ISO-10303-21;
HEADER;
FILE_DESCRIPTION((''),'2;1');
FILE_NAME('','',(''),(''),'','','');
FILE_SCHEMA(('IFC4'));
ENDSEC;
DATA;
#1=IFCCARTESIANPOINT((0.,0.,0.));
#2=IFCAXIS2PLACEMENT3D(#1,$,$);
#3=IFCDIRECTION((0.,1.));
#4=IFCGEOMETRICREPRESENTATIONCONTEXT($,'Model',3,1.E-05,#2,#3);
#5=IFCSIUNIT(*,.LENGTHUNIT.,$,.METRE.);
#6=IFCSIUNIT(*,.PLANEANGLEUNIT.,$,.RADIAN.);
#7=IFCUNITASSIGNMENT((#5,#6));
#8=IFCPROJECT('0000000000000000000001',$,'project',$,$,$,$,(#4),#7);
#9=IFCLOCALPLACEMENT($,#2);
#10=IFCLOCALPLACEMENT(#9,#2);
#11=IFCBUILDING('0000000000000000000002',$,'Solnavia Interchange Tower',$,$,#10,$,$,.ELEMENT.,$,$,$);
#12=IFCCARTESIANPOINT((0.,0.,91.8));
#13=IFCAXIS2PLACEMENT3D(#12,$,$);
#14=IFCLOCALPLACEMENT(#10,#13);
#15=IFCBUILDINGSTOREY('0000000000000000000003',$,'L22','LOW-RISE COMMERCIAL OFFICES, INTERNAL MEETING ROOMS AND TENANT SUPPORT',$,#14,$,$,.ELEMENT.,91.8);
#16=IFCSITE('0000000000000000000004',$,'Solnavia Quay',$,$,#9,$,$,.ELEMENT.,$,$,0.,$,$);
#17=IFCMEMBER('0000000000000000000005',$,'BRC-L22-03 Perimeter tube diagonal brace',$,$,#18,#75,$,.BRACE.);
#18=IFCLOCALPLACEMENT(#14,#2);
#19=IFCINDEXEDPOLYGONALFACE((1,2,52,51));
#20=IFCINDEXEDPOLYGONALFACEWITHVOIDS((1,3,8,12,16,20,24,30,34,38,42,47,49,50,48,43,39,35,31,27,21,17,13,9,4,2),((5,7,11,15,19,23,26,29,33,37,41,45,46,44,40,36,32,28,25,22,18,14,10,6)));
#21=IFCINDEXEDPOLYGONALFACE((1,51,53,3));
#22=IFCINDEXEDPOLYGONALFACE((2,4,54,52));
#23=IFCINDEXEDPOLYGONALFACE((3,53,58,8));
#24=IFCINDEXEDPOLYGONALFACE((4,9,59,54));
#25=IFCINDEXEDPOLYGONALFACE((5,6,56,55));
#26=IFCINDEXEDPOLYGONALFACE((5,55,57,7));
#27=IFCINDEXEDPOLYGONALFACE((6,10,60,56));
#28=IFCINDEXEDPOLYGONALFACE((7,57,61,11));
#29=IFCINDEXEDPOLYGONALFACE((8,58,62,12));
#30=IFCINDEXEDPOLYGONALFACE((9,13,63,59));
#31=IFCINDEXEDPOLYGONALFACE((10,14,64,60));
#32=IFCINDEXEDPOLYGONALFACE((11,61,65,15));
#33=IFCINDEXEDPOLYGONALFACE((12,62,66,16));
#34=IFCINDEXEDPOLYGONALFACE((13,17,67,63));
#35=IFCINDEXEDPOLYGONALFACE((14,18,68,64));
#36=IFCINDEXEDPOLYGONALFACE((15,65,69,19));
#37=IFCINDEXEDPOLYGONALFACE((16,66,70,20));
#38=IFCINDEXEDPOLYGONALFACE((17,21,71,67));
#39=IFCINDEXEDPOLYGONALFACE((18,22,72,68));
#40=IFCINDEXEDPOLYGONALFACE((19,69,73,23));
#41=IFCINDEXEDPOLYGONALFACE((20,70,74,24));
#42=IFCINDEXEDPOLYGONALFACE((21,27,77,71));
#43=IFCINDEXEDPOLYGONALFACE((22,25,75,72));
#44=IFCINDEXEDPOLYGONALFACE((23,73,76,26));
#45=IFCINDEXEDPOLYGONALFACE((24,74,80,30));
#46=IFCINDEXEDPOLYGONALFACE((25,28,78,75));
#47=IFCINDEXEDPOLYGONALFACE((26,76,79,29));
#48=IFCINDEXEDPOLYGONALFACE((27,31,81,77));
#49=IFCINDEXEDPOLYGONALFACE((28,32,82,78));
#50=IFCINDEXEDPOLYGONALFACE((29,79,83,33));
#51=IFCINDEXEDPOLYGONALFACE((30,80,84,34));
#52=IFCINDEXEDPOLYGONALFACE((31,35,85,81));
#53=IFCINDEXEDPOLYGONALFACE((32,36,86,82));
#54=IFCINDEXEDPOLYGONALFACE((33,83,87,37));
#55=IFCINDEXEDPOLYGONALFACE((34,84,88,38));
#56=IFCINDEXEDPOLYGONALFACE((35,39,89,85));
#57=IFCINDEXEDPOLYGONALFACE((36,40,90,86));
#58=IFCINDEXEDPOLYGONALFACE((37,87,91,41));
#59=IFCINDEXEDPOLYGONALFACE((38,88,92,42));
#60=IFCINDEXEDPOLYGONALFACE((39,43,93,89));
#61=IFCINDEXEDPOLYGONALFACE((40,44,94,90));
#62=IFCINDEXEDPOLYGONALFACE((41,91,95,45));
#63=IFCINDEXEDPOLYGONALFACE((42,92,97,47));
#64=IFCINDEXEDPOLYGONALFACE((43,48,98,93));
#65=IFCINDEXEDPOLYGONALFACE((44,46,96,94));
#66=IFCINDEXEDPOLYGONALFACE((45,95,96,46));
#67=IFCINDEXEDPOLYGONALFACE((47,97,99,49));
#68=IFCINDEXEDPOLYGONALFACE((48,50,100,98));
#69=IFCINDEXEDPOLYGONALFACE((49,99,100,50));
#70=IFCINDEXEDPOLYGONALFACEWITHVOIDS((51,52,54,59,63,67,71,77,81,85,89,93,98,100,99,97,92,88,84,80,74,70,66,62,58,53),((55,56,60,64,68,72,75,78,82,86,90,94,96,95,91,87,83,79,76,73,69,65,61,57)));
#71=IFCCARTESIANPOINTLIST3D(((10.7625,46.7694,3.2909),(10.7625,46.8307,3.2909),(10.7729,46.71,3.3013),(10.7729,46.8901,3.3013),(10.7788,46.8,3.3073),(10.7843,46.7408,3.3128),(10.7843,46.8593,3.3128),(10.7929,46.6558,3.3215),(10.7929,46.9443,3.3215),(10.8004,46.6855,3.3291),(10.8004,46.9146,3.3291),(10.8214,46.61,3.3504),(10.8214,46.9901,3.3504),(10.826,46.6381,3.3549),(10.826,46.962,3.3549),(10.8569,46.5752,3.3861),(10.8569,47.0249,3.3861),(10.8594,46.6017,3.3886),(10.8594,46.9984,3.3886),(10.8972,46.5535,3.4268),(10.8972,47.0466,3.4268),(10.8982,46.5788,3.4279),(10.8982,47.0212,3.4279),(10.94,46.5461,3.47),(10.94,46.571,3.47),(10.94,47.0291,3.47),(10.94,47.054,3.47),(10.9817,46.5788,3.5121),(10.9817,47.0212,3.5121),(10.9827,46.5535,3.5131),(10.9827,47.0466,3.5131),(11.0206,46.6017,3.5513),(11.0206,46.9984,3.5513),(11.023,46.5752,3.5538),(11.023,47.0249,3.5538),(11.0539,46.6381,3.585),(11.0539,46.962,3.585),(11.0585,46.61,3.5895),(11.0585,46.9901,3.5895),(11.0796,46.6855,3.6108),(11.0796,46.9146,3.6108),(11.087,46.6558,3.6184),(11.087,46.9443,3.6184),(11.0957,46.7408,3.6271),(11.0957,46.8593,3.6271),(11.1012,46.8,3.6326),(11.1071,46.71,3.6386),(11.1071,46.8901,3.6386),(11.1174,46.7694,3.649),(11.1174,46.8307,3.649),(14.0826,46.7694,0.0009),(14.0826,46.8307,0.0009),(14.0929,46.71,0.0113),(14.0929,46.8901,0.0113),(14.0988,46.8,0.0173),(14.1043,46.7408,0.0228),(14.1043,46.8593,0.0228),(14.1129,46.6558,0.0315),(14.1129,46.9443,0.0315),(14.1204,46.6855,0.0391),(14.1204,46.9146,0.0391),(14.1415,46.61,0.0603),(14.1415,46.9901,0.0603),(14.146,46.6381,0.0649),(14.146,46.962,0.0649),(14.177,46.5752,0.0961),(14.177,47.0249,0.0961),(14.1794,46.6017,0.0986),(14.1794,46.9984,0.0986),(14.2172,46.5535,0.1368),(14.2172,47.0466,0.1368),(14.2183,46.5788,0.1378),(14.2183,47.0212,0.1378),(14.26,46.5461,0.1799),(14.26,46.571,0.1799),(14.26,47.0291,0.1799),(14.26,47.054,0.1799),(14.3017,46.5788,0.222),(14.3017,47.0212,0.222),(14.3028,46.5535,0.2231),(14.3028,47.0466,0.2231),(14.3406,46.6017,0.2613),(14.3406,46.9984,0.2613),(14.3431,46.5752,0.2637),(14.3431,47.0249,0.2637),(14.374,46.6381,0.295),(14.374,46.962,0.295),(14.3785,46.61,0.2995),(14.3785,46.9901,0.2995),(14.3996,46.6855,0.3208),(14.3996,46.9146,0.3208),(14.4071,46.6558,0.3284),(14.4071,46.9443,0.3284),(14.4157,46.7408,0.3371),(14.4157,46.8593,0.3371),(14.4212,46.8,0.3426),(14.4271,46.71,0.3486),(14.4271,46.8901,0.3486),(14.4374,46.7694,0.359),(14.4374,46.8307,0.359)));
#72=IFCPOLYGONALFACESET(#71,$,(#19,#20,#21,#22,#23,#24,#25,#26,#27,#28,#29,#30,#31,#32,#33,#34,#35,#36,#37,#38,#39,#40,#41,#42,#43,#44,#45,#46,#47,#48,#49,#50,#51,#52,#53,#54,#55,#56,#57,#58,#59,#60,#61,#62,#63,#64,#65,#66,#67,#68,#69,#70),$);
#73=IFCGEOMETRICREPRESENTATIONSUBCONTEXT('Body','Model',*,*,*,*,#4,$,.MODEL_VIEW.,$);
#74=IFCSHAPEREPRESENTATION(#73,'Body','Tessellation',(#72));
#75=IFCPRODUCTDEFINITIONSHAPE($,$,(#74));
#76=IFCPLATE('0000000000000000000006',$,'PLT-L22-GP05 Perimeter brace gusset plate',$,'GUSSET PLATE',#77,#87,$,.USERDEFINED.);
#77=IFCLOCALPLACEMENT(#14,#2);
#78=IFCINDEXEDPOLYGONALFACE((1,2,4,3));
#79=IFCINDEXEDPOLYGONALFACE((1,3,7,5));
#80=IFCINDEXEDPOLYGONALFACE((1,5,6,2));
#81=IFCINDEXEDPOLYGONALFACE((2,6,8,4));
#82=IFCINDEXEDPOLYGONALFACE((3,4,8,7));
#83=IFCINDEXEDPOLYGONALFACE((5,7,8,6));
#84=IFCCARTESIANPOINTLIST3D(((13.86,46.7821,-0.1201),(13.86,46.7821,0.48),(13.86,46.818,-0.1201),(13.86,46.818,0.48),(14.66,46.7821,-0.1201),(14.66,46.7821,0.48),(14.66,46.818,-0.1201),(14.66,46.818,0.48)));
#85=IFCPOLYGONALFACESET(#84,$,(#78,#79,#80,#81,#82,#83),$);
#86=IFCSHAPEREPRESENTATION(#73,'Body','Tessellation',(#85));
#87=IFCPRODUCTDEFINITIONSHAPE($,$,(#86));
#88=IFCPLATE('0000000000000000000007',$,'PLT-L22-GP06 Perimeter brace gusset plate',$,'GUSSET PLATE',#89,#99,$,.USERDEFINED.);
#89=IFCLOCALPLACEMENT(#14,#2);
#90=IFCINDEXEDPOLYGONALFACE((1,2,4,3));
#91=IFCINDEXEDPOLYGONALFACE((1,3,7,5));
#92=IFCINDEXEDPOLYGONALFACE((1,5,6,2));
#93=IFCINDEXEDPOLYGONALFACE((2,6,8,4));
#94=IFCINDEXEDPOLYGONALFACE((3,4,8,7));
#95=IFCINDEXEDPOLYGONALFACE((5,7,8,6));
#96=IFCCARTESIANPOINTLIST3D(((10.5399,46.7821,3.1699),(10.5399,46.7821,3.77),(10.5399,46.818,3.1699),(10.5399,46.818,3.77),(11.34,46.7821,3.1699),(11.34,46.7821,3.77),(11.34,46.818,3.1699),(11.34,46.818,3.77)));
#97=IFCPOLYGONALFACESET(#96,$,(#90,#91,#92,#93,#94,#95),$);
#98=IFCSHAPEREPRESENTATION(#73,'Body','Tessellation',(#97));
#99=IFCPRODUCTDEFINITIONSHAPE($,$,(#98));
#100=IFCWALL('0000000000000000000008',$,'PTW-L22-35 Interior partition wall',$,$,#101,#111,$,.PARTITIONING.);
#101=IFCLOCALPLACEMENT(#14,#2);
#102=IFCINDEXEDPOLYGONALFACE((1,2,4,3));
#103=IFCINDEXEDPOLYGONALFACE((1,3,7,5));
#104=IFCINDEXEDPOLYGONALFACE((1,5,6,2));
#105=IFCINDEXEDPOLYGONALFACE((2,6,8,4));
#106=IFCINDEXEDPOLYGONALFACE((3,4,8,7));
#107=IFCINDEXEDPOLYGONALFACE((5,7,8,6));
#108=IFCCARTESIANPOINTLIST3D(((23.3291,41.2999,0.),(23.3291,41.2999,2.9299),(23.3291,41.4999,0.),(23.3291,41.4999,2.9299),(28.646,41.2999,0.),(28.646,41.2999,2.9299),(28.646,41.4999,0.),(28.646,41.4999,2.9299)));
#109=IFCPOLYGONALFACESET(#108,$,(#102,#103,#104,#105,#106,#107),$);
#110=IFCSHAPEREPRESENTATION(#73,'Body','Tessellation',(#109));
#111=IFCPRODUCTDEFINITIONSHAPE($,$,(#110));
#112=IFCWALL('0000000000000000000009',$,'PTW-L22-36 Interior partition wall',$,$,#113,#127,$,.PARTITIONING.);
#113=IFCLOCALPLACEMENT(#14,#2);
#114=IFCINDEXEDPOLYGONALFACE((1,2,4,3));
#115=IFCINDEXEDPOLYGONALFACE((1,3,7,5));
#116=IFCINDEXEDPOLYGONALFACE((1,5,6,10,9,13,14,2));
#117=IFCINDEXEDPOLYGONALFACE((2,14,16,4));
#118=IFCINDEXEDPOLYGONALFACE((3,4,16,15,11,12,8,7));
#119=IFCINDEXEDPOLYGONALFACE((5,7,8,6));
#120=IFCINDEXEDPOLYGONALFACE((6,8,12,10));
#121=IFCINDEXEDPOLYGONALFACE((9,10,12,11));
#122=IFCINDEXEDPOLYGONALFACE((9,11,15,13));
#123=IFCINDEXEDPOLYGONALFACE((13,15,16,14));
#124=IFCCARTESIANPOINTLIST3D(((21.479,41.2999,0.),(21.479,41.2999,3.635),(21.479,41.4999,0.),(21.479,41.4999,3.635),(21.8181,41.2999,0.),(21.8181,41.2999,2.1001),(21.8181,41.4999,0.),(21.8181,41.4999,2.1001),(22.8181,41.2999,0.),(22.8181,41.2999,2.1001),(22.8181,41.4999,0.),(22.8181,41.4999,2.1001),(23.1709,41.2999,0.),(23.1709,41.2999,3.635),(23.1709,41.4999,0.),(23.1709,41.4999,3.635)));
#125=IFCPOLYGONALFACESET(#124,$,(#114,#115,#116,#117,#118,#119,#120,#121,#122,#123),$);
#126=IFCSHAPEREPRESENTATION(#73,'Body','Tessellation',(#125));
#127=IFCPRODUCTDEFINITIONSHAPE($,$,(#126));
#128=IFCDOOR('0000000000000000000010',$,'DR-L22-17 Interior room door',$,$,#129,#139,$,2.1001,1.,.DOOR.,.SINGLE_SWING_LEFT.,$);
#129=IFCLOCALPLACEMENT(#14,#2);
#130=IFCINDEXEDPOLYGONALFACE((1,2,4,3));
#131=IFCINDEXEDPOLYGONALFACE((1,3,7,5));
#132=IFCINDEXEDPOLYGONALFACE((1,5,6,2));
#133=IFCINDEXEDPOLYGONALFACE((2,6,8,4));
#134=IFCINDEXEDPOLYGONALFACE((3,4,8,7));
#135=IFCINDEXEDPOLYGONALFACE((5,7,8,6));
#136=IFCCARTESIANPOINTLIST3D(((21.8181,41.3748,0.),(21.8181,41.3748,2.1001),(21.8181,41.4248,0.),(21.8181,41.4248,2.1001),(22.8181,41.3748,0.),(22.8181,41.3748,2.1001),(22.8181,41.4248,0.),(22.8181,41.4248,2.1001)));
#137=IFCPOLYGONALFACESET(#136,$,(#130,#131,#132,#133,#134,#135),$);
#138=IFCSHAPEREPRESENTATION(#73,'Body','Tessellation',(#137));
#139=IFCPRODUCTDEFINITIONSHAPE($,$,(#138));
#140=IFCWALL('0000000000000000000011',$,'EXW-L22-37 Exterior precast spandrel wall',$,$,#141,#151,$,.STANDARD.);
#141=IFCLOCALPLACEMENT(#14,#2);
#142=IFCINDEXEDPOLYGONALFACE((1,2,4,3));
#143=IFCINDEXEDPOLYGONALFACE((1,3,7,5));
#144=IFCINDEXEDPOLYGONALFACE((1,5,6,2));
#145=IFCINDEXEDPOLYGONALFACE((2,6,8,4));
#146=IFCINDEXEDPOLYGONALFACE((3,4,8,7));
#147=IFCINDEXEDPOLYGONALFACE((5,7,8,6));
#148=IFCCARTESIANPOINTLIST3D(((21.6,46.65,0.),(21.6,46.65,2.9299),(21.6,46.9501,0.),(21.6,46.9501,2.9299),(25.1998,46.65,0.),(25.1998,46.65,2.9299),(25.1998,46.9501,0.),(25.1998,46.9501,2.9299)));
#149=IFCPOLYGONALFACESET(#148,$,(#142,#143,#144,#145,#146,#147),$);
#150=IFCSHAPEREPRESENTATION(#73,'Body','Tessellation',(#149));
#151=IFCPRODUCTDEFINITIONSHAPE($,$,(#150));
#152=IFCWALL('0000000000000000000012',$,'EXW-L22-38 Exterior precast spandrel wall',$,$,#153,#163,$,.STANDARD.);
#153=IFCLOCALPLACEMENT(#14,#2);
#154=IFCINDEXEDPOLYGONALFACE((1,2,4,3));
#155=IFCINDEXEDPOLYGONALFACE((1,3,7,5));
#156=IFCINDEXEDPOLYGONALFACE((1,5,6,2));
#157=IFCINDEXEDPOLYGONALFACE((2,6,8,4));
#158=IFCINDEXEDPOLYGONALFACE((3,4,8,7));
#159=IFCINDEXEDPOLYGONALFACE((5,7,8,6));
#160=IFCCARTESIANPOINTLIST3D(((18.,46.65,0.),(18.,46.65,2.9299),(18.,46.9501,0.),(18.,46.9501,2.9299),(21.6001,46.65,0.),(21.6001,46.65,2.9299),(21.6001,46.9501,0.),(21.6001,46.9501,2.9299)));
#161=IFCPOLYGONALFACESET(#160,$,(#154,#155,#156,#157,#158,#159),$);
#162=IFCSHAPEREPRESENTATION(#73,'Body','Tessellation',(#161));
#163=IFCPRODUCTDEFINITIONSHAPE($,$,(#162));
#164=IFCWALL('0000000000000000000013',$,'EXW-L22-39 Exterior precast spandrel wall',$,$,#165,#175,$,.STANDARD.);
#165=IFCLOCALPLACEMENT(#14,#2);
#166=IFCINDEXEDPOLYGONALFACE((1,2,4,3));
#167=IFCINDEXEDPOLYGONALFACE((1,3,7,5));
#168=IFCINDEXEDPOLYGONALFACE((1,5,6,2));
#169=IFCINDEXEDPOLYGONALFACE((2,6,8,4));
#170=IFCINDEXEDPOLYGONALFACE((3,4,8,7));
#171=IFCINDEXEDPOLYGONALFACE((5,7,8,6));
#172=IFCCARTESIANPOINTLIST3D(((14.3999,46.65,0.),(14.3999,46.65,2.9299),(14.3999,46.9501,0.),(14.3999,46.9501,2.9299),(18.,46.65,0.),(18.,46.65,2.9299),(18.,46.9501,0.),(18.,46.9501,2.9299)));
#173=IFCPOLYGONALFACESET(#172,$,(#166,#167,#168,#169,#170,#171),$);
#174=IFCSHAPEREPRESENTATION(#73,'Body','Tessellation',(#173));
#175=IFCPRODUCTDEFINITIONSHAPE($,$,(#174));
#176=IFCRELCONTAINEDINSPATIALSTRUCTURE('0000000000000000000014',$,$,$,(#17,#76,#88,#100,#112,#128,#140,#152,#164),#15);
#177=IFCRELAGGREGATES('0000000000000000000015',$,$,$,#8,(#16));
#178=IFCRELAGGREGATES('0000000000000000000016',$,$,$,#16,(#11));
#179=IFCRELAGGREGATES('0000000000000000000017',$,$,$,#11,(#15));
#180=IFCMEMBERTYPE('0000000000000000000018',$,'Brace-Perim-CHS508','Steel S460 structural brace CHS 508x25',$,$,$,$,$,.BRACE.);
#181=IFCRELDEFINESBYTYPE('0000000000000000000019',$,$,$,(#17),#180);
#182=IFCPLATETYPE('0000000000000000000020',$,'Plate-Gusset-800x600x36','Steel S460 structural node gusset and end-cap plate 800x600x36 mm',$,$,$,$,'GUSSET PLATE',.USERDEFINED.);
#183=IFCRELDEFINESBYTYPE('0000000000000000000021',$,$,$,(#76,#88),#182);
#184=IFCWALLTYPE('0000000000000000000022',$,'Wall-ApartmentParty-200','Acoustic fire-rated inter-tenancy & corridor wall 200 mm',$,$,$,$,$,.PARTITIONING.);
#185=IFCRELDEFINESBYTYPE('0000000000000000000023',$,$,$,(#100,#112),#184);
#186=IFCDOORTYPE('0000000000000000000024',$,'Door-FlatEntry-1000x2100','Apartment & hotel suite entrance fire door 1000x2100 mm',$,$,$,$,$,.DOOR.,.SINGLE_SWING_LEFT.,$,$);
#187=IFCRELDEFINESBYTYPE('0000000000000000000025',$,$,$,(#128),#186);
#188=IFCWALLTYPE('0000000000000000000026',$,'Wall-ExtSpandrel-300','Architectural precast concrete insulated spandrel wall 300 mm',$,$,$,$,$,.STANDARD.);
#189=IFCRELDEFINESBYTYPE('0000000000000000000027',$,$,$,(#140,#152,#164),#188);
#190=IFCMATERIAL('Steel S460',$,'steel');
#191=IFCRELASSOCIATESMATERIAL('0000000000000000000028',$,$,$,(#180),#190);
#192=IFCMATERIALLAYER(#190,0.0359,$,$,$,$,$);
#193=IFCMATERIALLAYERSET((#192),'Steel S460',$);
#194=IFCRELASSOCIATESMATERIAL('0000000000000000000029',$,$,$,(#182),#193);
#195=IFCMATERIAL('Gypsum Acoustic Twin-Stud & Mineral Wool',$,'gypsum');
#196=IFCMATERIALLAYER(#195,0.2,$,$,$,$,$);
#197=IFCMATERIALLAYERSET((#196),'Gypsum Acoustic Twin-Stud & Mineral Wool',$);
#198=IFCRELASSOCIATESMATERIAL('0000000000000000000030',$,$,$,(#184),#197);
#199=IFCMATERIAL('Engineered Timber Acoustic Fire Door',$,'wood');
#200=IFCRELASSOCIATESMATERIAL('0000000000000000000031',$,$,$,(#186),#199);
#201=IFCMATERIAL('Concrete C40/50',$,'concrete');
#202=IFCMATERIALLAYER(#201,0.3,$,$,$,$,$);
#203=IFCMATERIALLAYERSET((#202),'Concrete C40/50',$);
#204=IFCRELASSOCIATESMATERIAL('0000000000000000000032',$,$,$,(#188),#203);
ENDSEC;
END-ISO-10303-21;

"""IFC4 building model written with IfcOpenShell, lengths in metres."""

from ifc_helpers import new_model, si_unit, direction, frame, frame_2d, origin, origin_2d, place, context, subcontext, project, spatial, rectangle, hollow_circle, extrude, material, layer, layer_set, material_profile, profile_set, type_object, element, fill, save


model = new_model("IFC4")

# Units and contexts
model_context = context("Model", 3, precision=1e-05, world=origin(), true_north=direction((0.0, 1.0)))
body_context = subcontext(model_context, "Body", "Model", "MODEL_VIEW")
ifc_project = project(units=[si_unit("LENGTHUNIT", "METRE"), si_unit("PLANEANGLEUNIT", "RADIAN")], contexts=[model_context])

# Site, building, storey
site_placement = place(None, origin())
site = spatial("IfcSite", under=ifc_project, at=site_placement, Name="Solnavia Quay", CompositionType="ELEMENT", RefElevation=0.0)
building_placement = place(site_placement, origin())
building = spatial("IfcBuilding", under=site, at=building_placement, Name="Solnavia Interchange Tower", CompositionType="ELEMENT")
storey_placement = place(building_placement, frame((0.0, 0.0, 91.8)))
storey = spatial("IfcBuildingStorey", under=building, at=storey_placement, Name="L22", Description="LOW-RISE COMMERCIAL OFFICES, INTERNAL MEETING ROOMS AND TENANT SUPPORT", CompositionType="ELEMENT", Elevation=91.8)

# Shared definitions
ifc_material_1 = material(Name="Steel S460", Category="steel")

# Member
ifc_material_profile_1 = material_profile(ifc_material_1, hollow_circle(Radius=0.2539, WallThickness=0.0249, at=origin_2d()), Name="CHS 508x25")
ifc_profile_set_1 = profile_set([ifc_material_profile_1], Name="Steel S460")
member_type = type_object("IfcMemberType", Name="Brace-Perim-CHS508", Description="Steel S460 structural brace CHS 508x25", PredefinedType="BRACE", material=ifc_profile_set_1)
member_placement = place(storey_placement, frame((14.26, 46.8, 0.1799), z_axis=(-0.710312, 0.0, 0.703887), x_axis=(0.0, -1.0, 0.0)))
element("IfcMember", 1, at=member_placement, inside=storey, type_object=member_type, Name="BRC-L22-03 Perimeter tube diagonal brace", PredefinedType="BRACE", context=body_context, shape_type="SweptSolid", body=[
    extrude(hollow_circle(Radius=0.2539, WallThickness=0.0249, at=origin_2d()), origin(), (0.0, 0.0, 1.0), 4.6741),
])

# Plates
ifc_layer_1 = layer(ifc_material_1, 0.0359)
ifc_layer_set_1 = layer_set([ifc_layer_1], Name="Steel S460")
plate_type = type_object("IfcPlateType", Name="Plate-Gusset-800x600x36", Description="Steel S460 structural node gusset and end-cap plate 800x600x36 mm", ElementType="GUSSET PLATE", PredefinedType="USERDEFINED", material=ifc_layer_set_1)
for number, where, z_axis, x_axis, name in (
    (2, (14.26, 46.8, -0.1201), (0.0, 0.0, 1.0), (-1.0, 0.0, 0.0), "PLT-L22-GP05 Perimeter brace gusset plate"),
    (3, (10.9399, 46.8, 3.1699), (0.0, 0.0, 1.0), (-1.0, 0.0, 0.0), "PLT-L22-GP06 Perimeter brace gusset plate"),
):
    element("IfcPlate", number, at=place(storey_placement, frame(where, z_axis=z_axis, x_axis=x_axis)), inside=storey, type_object=plate_type, Name=name, ObjectType="GUSSET PLATE", PredefinedType="USERDEFINED", context=body_context, shape_type="SweptSolid", body=[
        extrude(rectangle(XDim=0.8, YDim=0.0359, at=origin_2d()), origin(), (0.0, 0.0, 1.0), 0.6001),
    ])

# Wall
ifc_material_2 = material(Name="Gypsum Acoustic Twin-Stud & Mineral Wool", Category="gypsum")
ifc_layer_2 = layer(ifc_material_2, 0.2)
ifc_layer_set_2 = layer_set([ifc_layer_2], Name="Gypsum Acoustic Twin-Stud & Mineral Wool")
wall_type_1 = type_object("IfcWallType", Name="Wall-ApartmentParty-200", Description="Acoustic fire-rated inter-tenancy & corridor wall 200 mm", PredefinedType="PARTITIONING", material=ifc_layer_set_2)
wall_1_placement = place(storey_placement, frame((23.3291, 41.3999, 0.0), z_axis=(0.0, 0.0, 1.0), x_axis=(1.0, 0.0, 0.0)))
element("IfcWall", 4, at=wall_1_placement, inside=storey, type_object=wall_type_1, Name="PTW-L22-35 Interior partition wall", PredefinedType="PARTITIONING", context=body_context, shape_type="SweptSolid", body=[
    extrude(rectangle(XDim=5.3169, YDim=0.2, at=frame_2d((2.6584, 0.0))), origin(), (0.0, 0.0, 1.0), 2.9299),
])

# Wall, opening, door
wall_2_placement = place(storey_placement, frame((21.479, 41.3999, 0.0), z_axis=(0.0, 0.0, 1.0), x_axis=(1.0, 0.0, 0.0)))
wall_2 = element("IfcWall", 5, at=wall_2_placement, inside=storey, type_object=wall_type_1, Name="PTW-L22-36 Interior partition wall", PredefinedType="PARTITIONING", context=body_context, shape_type="SweptSolid", body=[
    extrude(rectangle(XDim=1.6919, YDim=0.2, at=frame_2d((0.8459, 0.0))), origin(), (0.0, 0.0, 1.0), 3.635),
])
opening_placement = place(wall_2_placement, frame((0.3391, 0.0, 0.0)))
opening = element("IfcOpeningElement", 6, at=opening_placement, cuts=wall_2, PredefinedType="OPENING", context=body_context, shape_type="SweptSolid", body=[
    extrude(rectangle(XDim=1.0, YDim=2.1001, at=frame_2d((0.5, 1.05))), frame((0.0, 0.1099, 0.0), z_axis=(0.0, -1.0, 0.0), x_axis=(1.0, 0.0, 0.0)), (0.0, 0.0, 1.0), 0.22),
])
ifc_material_3 = material(Name="Engineered Timber Acoustic Fire Door", Category="wood")
door_type = type_object("IfcDoorType", Name="Door-FlatEntry-1000x2100", Description="Apartment & hotel suite entrance fire door 1000x2100 mm", OperationType="SINGLE_SWING_LEFT", PredefinedType="DOOR", material=ifc_material_3)
door_placement = place(opening_placement, origin())
door = element("IfcDoor", 7, at=door_placement, inside=storey, type_object=door_type, Name="DR-L22-17 Interior room door", OperationType="SINGLE_SWING_LEFT", OverallHeight=2.1001, OverallWidth=1.0, PredefinedType="DOOR", context=body_context, shape_type="SweptSolid", body=[
    extrude(rectangle(XDim=1.0, YDim=2.1001, at=frame_2d((0.5, 1.05))), frame((0.0, 0.0249, 0.0), z_axis=(0.0, -1.0, 0.0), x_axis=(1.0, 0.0, 0.0)), (0.0, 0.0, 1.0), 0.05),
])
fill(opening, door)

# Walls
ifc_material_4 = material(Name="Concrete C40/50", Category="concrete")
ifc_layer_3 = layer(ifc_material_4, 0.3)
ifc_layer_set_3 = layer_set([ifc_layer_3], Name="Concrete C40/50")
wall_type_2 = type_object("IfcWallType", Name="Wall-ExtSpandrel-300", Description="Architectural precast concrete insulated spandrel wall 300 mm", PredefinedType="STANDARD", material=ifc_layer_set_3)
wall_3_placement = place(storey_placement, frame((21.6001, 46.8, 0.0), z_axis=(0.0, 0.0, 1.0), x_axis=(1.0, 0.0, 0.0)))
element("IfcWall", 8, at=wall_3_placement, inside=storey, type_object=wall_type_2, Name="EXW-L22-37 Exterior precast spandrel wall", PredefinedType="STANDARD", context=body_context, shape_type="SweptSolid", body=[
    extrude(rectangle(XDim=3.5999, YDim=0.3, at=frame_2d((1.7998, 0.0))), origin(), (0.0, 0.0, 1.0), 2.9299),
])
for number, where, z_axis, x_axis, name in (
    (9, (18.0, 46.8, 0.0), (0.0, 0.0, 1.0), (1.0, 0.0, 0.0), "EXW-L22-38 Exterior precast spandrel wall"),
    (10, (14.3999, 46.8, 0.0), (0.0, 0.0, 1.0), (1.0, 0.0, 0.0), "EXW-L22-39 Exterior precast spandrel wall"),
):
    element("IfcWall", number, at=place(storey_placement, frame(where, z_axis=z_axis, x_axis=x_axis)), inside=storey, type_object=wall_type_2, Name=name, PredefinedType="STANDARD", context=body_context, shape_type="SweptSolid", body=[
        extrude(rectangle(XDim=3.6001, YDim=0.3, at=frame_2d((1.8, 0.0))), origin(), (0.0, 0.0, 1.0), 2.9299),
    ])

save(model, "model.ifc")
